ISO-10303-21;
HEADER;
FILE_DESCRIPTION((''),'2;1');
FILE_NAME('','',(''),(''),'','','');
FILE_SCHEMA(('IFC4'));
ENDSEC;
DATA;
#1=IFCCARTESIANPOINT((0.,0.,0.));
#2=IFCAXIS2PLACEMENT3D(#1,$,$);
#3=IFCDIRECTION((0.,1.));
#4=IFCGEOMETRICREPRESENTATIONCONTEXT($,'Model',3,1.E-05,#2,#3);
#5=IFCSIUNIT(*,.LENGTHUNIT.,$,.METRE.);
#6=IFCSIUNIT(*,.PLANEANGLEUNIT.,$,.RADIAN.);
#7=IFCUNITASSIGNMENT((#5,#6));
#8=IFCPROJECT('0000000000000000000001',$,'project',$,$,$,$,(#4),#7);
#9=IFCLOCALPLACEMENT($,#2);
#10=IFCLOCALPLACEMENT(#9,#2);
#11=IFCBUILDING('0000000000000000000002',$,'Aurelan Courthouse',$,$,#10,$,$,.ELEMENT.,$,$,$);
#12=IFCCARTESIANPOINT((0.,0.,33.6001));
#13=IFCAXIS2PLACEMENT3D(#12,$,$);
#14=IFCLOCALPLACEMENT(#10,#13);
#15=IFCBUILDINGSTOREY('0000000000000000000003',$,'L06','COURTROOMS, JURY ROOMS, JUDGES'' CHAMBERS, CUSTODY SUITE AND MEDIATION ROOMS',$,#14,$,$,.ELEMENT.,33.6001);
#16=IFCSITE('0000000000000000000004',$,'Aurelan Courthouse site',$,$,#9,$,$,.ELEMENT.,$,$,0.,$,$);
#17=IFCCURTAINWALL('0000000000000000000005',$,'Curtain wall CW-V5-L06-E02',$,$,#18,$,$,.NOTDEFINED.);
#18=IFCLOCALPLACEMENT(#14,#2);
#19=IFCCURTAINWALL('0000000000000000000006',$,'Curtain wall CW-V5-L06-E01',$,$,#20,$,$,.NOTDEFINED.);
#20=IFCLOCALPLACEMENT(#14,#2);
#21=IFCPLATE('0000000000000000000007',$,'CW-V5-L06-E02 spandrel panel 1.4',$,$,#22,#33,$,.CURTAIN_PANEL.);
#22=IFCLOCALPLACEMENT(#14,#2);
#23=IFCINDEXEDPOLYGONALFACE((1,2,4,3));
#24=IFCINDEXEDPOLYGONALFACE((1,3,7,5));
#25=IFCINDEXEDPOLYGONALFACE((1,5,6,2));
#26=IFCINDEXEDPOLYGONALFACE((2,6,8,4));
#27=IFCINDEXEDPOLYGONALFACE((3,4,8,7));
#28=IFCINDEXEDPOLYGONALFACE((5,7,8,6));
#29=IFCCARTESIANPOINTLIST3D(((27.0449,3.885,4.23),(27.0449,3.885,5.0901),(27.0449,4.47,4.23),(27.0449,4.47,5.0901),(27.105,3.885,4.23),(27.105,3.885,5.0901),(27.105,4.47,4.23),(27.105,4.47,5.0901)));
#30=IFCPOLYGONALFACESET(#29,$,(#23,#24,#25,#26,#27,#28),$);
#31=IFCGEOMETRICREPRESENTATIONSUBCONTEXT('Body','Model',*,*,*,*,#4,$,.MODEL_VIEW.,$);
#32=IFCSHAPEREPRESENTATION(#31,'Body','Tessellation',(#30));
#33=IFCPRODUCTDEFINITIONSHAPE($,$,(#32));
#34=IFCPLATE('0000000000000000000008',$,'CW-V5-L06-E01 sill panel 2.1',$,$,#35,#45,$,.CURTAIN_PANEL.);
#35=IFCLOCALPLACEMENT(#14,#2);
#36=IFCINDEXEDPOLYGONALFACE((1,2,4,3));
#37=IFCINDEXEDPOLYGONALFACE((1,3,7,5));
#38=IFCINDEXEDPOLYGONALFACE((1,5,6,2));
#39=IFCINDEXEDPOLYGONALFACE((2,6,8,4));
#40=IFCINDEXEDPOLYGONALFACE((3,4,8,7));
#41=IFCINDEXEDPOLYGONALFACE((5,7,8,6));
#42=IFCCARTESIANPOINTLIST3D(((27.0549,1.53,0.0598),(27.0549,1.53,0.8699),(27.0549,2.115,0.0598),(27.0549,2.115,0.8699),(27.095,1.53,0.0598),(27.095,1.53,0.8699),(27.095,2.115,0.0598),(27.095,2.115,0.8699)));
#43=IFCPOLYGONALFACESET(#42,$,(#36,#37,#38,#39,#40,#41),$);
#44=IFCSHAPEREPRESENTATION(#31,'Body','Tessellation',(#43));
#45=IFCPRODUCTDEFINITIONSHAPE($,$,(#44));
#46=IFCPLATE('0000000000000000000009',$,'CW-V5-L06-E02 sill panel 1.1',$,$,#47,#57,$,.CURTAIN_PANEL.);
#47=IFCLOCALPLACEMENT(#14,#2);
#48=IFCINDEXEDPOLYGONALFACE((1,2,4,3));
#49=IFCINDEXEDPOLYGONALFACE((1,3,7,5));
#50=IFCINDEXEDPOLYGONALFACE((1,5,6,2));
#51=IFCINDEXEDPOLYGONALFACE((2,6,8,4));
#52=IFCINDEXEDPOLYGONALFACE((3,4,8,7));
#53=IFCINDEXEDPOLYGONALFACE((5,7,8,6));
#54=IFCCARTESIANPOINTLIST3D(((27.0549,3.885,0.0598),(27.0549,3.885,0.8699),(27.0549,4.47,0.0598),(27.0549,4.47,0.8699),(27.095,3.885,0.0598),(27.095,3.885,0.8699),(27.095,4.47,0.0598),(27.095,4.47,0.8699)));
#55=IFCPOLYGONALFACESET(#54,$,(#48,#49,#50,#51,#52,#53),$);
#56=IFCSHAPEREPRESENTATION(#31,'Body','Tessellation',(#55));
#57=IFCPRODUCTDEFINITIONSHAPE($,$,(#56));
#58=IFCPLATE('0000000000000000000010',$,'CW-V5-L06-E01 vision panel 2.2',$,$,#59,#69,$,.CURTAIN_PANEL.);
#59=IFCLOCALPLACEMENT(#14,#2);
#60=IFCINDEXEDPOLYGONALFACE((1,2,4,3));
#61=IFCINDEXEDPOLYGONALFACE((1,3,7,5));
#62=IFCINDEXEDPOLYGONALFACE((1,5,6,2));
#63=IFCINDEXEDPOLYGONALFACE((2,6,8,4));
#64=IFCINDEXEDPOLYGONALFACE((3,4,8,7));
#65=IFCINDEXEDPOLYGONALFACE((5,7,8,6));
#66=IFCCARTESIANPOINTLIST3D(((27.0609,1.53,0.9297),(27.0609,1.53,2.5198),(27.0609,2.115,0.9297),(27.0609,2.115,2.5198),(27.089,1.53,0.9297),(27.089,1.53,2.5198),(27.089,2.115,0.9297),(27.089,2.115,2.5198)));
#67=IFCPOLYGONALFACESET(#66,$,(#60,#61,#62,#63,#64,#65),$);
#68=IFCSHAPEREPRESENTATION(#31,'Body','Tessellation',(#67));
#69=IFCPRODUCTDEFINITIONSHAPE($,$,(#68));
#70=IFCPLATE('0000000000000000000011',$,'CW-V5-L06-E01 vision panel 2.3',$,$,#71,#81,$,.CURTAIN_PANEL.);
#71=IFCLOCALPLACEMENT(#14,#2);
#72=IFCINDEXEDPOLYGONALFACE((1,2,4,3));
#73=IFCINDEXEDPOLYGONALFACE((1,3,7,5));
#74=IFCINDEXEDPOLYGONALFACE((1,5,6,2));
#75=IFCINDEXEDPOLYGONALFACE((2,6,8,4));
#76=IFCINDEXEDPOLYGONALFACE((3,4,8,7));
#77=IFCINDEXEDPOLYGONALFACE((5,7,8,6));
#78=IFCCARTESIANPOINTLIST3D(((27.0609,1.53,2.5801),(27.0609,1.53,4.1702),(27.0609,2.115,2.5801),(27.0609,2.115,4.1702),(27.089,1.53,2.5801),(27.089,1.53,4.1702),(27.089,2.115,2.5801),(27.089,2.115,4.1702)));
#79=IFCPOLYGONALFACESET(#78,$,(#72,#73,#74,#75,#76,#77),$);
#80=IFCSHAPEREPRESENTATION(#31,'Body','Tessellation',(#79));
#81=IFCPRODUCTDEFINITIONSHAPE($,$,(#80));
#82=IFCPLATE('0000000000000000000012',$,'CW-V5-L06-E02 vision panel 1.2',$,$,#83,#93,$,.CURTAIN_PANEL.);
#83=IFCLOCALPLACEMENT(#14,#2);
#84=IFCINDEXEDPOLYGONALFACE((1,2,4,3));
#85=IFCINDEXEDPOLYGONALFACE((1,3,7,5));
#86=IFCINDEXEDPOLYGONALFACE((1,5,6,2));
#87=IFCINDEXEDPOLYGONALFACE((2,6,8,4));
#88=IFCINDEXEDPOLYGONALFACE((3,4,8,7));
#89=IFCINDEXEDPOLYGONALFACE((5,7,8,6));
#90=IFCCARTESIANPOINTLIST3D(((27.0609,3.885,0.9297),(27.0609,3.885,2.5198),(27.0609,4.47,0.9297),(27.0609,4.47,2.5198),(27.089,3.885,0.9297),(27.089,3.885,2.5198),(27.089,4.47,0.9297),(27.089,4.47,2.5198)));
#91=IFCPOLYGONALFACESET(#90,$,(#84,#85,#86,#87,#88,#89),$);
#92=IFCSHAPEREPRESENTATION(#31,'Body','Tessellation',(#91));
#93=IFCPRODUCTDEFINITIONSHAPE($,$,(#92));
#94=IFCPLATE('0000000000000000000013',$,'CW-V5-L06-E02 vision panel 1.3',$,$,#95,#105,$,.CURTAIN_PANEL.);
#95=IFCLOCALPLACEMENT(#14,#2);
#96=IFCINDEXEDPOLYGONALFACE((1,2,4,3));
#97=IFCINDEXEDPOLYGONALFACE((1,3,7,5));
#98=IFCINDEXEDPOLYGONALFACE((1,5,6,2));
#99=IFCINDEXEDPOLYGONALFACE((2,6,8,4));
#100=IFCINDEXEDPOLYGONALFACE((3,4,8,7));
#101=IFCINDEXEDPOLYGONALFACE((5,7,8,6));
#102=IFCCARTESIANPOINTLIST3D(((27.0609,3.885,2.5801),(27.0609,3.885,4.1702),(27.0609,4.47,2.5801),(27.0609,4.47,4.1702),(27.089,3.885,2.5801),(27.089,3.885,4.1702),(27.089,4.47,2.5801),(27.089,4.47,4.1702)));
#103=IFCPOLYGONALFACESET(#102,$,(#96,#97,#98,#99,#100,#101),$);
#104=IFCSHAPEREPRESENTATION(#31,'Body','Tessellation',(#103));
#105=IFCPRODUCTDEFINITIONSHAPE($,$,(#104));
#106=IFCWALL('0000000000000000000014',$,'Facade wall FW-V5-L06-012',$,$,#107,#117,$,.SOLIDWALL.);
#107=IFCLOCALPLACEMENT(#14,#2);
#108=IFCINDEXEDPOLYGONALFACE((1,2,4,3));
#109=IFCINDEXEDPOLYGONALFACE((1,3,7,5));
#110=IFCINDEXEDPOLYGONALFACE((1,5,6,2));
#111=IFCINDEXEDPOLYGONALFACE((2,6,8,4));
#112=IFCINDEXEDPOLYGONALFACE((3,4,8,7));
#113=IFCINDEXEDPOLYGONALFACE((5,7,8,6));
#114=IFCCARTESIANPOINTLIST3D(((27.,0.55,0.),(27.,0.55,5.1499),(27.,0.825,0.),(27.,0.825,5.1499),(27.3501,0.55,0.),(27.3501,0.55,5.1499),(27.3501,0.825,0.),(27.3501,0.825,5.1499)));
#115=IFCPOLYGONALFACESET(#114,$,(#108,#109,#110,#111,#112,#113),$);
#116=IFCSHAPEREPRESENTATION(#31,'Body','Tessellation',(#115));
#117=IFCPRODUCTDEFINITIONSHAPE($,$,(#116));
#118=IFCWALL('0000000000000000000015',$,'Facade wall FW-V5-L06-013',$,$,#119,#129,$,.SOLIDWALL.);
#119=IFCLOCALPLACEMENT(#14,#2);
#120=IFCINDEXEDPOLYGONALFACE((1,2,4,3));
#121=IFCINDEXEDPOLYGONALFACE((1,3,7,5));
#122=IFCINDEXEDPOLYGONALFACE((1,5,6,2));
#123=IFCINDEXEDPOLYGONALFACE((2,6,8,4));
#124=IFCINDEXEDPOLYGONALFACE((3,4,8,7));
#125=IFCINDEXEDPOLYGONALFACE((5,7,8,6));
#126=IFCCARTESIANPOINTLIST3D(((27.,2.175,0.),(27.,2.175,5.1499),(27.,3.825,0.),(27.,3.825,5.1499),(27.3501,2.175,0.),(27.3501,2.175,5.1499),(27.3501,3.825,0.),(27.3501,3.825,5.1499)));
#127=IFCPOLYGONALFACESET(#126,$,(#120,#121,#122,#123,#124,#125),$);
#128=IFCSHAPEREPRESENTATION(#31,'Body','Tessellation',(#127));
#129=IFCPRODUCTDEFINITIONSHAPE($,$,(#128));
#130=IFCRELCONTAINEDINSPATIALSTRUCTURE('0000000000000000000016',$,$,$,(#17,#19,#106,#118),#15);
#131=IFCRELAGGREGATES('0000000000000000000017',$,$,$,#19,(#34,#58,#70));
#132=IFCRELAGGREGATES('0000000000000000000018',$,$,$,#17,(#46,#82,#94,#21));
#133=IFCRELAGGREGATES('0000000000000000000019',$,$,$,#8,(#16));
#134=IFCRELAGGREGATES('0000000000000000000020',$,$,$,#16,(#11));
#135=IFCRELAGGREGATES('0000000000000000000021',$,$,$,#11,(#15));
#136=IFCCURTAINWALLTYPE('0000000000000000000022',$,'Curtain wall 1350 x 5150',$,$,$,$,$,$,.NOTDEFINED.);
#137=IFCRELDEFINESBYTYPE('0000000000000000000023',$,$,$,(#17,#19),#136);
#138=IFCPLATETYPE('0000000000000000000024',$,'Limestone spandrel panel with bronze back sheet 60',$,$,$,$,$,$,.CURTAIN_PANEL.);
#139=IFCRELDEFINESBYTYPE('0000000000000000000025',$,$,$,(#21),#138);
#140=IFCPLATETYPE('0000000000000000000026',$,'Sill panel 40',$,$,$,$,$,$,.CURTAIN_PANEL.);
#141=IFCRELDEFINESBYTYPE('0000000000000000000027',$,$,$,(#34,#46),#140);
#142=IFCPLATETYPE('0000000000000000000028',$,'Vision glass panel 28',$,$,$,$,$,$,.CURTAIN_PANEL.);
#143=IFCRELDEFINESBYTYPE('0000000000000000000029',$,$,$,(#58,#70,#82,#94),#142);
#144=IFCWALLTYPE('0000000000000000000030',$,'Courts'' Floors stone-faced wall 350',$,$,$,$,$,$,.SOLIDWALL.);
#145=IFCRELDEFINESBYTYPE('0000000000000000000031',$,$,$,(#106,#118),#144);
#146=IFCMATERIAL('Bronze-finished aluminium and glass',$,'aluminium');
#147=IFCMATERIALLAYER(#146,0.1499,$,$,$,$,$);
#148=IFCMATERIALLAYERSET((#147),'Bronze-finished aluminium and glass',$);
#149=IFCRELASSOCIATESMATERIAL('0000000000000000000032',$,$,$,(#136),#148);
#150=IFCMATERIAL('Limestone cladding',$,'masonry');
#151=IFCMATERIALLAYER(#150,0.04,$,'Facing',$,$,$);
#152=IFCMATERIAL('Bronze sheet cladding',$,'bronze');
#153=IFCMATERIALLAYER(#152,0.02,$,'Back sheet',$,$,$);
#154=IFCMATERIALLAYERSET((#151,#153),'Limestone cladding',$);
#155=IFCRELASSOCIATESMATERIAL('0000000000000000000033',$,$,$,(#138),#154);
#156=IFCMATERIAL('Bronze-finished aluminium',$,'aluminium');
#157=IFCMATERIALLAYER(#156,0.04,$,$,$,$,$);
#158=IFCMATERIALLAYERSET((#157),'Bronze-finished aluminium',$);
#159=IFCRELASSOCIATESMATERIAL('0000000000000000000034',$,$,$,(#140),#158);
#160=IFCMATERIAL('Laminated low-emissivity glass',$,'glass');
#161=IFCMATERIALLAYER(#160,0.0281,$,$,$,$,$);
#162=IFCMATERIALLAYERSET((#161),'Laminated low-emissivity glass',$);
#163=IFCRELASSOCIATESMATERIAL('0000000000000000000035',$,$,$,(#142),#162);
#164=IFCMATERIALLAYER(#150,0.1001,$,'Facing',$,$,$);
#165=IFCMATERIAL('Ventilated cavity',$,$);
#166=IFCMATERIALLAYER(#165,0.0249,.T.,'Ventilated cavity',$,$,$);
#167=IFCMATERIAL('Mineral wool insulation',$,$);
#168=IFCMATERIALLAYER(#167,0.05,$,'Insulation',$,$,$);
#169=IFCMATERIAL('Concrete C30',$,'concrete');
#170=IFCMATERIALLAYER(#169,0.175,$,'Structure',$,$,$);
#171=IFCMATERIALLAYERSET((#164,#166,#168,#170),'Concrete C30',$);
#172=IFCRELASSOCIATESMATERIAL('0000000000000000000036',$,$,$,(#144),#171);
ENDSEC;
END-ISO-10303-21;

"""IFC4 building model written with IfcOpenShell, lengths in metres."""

from ifc_helpers import new_model, si_unit, direction, frame, frame_2d, origin, origin_2d, place, context, subcontext, project, spatial, rectangle, extrude, material, layer, layer_set, type_object, element, aggregate, save


model = new_model("IFC4")

# Units and contexts
model_context = context("Model", 3, precision=1e-05, world=origin(), true_north=direction((0.0, 1.0)))
body_context = subcontext(model_context, "Body", "Model", "MODEL_VIEW")
ifc_project = project(units=[si_unit("LENGTHUNIT", "METRE"), si_unit("PLANEANGLEUNIT", "RADIAN")], contexts=[model_context])

# Site, building, storey
site_placement = place(None, origin())
site = spatial("IfcSite", under=ifc_project, at=site_placement, Name="Aurelan Courthouse site", CompositionType="ELEMENT", RefElevation=0.0)
building_placement = place(site_placement, origin())
building = spatial("IfcBuilding", under=site, at=building_placement, Name="Aurelan Courthouse", CompositionType="ELEMENT")
storey_placement = place(building_placement, frame((0.0, 0.0, 33.6001)))
storey = spatial("IfcBuildingStorey", under=building, at=storey_placement, Name="L06", Description="COURTROOMS, JURY ROOMS, JUDGES' CHAMBERS, CUSTODY SUITE AND MEDIATION ROOMS", CompositionType="ELEMENT", Elevation=33.6001)

# Curtain walls
ifc_material_1 = material(Name="Bronze-finished aluminium and glass", Category="aluminium")
ifc_layer_1 = layer(ifc_material_1, 0.1499)
ifc_layer_set_1 = layer_set([ifc_layer_1], Name="Bronze-finished aluminium and glass")
curtain_wall_type = type_object("IfcCurtainWallType", Name="Curtain wall 1350 x 5150", PredefinedType="NOTDEFINED", material=ifc_layer_set_1)
curtain_wall_1_placement = place(storey_placement, origin())
curtain_wall_1 = element("IfcCurtainWall", 1, at=curtain_wall_1_placement, inside=storey, type_object=curtain_wall_type, Name="Curtain wall CW-V5-L06-E02", PredefinedType="NOTDEFINED")
ifc_material_2 = material(Name="Bronze-finished aluminium", Category="aluminium")
curtain_wall_2_placement = place(storey_placement, origin())
curtain_wall_2 = element("IfcCurtainWall", 2, at=curtain_wall_2_placement, inside=storey, type_object=curtain_wall_type, Name="Curtain wall CW-V5-L06-E01", PredefinedType="NOTDEFINED")

# Plates
ifc_material_3 = material(Name="Limestone cladding", Category="masonry")
ifc_layer_2 = layer(ifc_material_3, 0.04, Name="Facing")
ifc_material_4 = material(Name="Bronze sheet cladding", Category="bronze")
ifc_layer_3 = layer(ifc_material_4, 0.02, Name="Back sheet")
ifc_layer_set_2 = layer_set([ifc_layer_2, ifc_layer_3], Name="Limestone cladding")
plate_type_1 = type_object("IfcPlateType", Name="Limestone spandrel panel with bronze back sheet 60", PredefinedType="CURTAIN_PANEL", material=ifc_layer_set_2)
plate_1_placement = place(storey_placement, frame((27.075, 4.1775, 4.23), z_axis=(0.0, 0.0, 1.0), x_axis=(0.0, 1.0, 0.0)))
plate_1 = element("IfcPlate", 3, at=plate_1_placement, type_object=plate_type_1, Name="CW-V5-L06-E02 spandrel panel 1.4", PredefinedType="CURTAIN_PANEL", context=body_context, shape_type="SweptSolid", body=[
    extrude(rectangle(XDim=0.585, YDim=0.0601, at=origin_2d()), origin(), (0.0, 0.0, 1.0), 0.8601),
])
ifc_layer_4 = layer(ifc_material_2, 0.04)
ifc_layer_set_3 = layer_set([ifc_layer_4], Name="Bronze-finished aluminium")
plate_type_2 = type_object("IfcPlateType", Name="Sill panel 40", PredefinedType="CURTAIN_PANEL", material=ifc_layer_set_3)
plate_2_placement = place(storey_placement, frame((27.075, 1.8225, 0.0598), z_axis=(0.0, 0.0, 1.0), x_axis=(0.0, 1.0, 0.0)))
plate_2 = element("IfcPlate", 4, at=plate_2_placement, type_object=plate_type_2, Name="CW-V5-L06-E01 sill panel 2.1", PredefinedType="CURTAIN_PANEL", context=body_context, shape_type="SweptSolid", body=[
    extrude(rectangle(XDim=0.585, YDim=0.04, at=origin_2d()), origin(), (0.0, 0.0, 1.0), 0.8101),
])
plate_3_placement = place(storey_placement, frame((27.075, 4.1775, 0.0598), z_axis=(0.0, 0.0, 1.0), x_axis=(0.0, 1.0, 0.0)))
plate_3 = element("IfcPlate", 5, at=plate_3_placement, type_object=plate_type_2, Name="CW-V5-L06-E02 sill panel 1.1", PredefinedType="CURTAIN_PANEL", context=body_context, shape_type="SweptSolid", body=[
    extrude(rectangle(XDim=0.585, YDim=0.04, at=origin_2d()), origin(), (0.0, 0.0, 1.0), 0.8101),
])
ifc_material_5 = material(Name="Laminated low-emissivity glass", Category="glass")
ifc_layer_5 = layer(ifc_material_5, 0.0281)
ifc_layer_set_4 = layer_set([ifc_layer_5], Name="Laminated low-emissivity glass")
plate_type_3 = type_object("IfcPlateType", Name="Vision glass panel 28", PredefinedType="CURTAIN_PANEL", material=ifc_layer_set_4)
plate_4_placement = place(storey_placement, frame((27.075, 1.8225, 0.9297), z_axis=(0.0, 0.0, 1.0), x_axis=(0.0, 1.0, 0.0)))
plate_4 = element("IfcPlate", 6, at=plate_4_placement, type_object=plate_type_3, Name="CW-V5-L06-E01 vision panel 2.2", PredefinedType="CURTAIN_PANEL", context=body_context, shape_type="SweptSolid", body=[
    extrude(rectangle(XDim=0.585, YDim=0.0281, at=origin_2d()), origin(), (0.0, 0.0, 1.0), 1.5901),
])
plate_5_placement = place(storey_placement, frame((27.075, 1.8225, 2.5801), z_axis=(0.0, 0.0, 1.0), x_axis=(0.0, 1.0, 0.0)))
plate_5 = element("IfcPlate", 7, at=plate_5_placement, type_object=plate_type_3, Name="CW-V5-L06-E01 vision panel 2.3", PredefinedType="CURTAIN_PANEL", context=body_context, shape_type="SweptSolid", body=[
    extrude(rectangle(XDim=0.585, YDim=0.0281, at=origin_2d()), origin(), (0.0, 0.0, 1.0), 1.5901),
])
aggregate(curtain_wall_2, [plate_2, plate_4, plate_5])
plate_6_placement = place(storey_placement, frame((27.075, 4.1775, 0.9297), z_axis=(0.0, 0.0, 1.0), x_axis=(0.0, 1.0, 0.0)))
plate_6 = element("IfcPlate", 8, at=plate_6_placement, type_object=plate_type_3, Name="CW-V5-L06-E02 vision panel 1.2", PredefinedType="CURTAIN_PANEL", context=body_context, shape_type="SweptSolid", body=[
    extrude(rectangle(XDim=0.585, YDim=0.0281, at=origin_2d()), origin(), (0.0, 0.0, 1.0), 1.5901),
])
plate_7_placement = place(storey_placement, frame((27.075, 4.1775, 2.5801), z_axis=(0.0, 0.0, 1.0), x_axis=(0.0, 1.0, 0.0)))
plate_7 = element("IfcPlate", 9, at=plate_7_placement, type_object=plate_type_3, Name="CW-V5-L06-E02 vision panel 1.3", PredefinedType="CURTAIN_PANEL", context=body_context, shape_type="SweptSolid", body=[
    extrude(rectangle(XDim=0.585, YDim=0.0281, at=origin_2d()), origin(), (0.0, 0.0, 1.0), 1.5901),
])
aggregate(curtain_wall_1, [plate_3, plate_6, plate_7, plate_1])

# Walls
ifc_layer_6 = layer(ifc_material_3, 0.1001, Name="Facing")
ifc_material_6 = material(Name="Ventilated cavity")
ifc_layer_7 = layer(ifc_material_6, 0.0249, ventilated=True, Name="Ventilated cavity")
ifc_material_7 = material(Name="Mineral wool insulation")
ifc_layer_8 = layer(ifc_material_7, 0.05, Name="Insulation")
ifc_material_8 = material(Name="Concrete C30", Category="concrete")
ifc_layer_9 = layer(ifc_material_8, 0.175, Name="Structure")
ifc_layer_set_5 = layer_set([ifc_layer_6, ifc_layer_7, ifc_layer_8, ifc_layer_9], Name="Concrete C30")
wall_type = type_object("IfcWallType", Name="Courts' Floors stone-faced wall 350", PredefinedType="SOLIDWALL", material=ifc_layer_set_5)
wall_1_placement = place(storey_placement, frame((27.175, 0.55, 0.0), z_axis=(0.0, 0.0, 1.0), x_axis=(0.0, 1.0, 0.0)))
element("IfcWall", 10, at=wall_1_placement, inside=storey, type_object=wall_type, Name="Facade wall FW-V5-L06-012", PredefinedType="SOLIDWALL", context=body_context, shape_type="SweptSolid", body=[
    extrude(rectangle(XDim=0.2749, YDim=0.3501, at=frame_2d((0.1375, 0.0))), origin(), (0.0, 0.0, 1.0), 5.1499),
])
wall_2_placement = place(storey_placement, frame((27.175, 2.175, 0.0), z_axis=(0.0, 0.0, 1.0), x_axis=(0.0, 1.0, 0.0)))
element("IfcWall", 11, at=wall_2_placement, inside=storey, type_object=wall_type, Name="Facade wall FW-V5-L06-013", PredefinedType="SOLIDWALL", context=body_context, shape_type="SweptSolid", body=[
    extrude(rectangle(XDim=1.6499, YDim=0.3501, at=frame_2d((0.825, 0.0))), origin(), (0.0, 0.0, 1.0), 5.1499),
])

save(model, "model.ifc")
